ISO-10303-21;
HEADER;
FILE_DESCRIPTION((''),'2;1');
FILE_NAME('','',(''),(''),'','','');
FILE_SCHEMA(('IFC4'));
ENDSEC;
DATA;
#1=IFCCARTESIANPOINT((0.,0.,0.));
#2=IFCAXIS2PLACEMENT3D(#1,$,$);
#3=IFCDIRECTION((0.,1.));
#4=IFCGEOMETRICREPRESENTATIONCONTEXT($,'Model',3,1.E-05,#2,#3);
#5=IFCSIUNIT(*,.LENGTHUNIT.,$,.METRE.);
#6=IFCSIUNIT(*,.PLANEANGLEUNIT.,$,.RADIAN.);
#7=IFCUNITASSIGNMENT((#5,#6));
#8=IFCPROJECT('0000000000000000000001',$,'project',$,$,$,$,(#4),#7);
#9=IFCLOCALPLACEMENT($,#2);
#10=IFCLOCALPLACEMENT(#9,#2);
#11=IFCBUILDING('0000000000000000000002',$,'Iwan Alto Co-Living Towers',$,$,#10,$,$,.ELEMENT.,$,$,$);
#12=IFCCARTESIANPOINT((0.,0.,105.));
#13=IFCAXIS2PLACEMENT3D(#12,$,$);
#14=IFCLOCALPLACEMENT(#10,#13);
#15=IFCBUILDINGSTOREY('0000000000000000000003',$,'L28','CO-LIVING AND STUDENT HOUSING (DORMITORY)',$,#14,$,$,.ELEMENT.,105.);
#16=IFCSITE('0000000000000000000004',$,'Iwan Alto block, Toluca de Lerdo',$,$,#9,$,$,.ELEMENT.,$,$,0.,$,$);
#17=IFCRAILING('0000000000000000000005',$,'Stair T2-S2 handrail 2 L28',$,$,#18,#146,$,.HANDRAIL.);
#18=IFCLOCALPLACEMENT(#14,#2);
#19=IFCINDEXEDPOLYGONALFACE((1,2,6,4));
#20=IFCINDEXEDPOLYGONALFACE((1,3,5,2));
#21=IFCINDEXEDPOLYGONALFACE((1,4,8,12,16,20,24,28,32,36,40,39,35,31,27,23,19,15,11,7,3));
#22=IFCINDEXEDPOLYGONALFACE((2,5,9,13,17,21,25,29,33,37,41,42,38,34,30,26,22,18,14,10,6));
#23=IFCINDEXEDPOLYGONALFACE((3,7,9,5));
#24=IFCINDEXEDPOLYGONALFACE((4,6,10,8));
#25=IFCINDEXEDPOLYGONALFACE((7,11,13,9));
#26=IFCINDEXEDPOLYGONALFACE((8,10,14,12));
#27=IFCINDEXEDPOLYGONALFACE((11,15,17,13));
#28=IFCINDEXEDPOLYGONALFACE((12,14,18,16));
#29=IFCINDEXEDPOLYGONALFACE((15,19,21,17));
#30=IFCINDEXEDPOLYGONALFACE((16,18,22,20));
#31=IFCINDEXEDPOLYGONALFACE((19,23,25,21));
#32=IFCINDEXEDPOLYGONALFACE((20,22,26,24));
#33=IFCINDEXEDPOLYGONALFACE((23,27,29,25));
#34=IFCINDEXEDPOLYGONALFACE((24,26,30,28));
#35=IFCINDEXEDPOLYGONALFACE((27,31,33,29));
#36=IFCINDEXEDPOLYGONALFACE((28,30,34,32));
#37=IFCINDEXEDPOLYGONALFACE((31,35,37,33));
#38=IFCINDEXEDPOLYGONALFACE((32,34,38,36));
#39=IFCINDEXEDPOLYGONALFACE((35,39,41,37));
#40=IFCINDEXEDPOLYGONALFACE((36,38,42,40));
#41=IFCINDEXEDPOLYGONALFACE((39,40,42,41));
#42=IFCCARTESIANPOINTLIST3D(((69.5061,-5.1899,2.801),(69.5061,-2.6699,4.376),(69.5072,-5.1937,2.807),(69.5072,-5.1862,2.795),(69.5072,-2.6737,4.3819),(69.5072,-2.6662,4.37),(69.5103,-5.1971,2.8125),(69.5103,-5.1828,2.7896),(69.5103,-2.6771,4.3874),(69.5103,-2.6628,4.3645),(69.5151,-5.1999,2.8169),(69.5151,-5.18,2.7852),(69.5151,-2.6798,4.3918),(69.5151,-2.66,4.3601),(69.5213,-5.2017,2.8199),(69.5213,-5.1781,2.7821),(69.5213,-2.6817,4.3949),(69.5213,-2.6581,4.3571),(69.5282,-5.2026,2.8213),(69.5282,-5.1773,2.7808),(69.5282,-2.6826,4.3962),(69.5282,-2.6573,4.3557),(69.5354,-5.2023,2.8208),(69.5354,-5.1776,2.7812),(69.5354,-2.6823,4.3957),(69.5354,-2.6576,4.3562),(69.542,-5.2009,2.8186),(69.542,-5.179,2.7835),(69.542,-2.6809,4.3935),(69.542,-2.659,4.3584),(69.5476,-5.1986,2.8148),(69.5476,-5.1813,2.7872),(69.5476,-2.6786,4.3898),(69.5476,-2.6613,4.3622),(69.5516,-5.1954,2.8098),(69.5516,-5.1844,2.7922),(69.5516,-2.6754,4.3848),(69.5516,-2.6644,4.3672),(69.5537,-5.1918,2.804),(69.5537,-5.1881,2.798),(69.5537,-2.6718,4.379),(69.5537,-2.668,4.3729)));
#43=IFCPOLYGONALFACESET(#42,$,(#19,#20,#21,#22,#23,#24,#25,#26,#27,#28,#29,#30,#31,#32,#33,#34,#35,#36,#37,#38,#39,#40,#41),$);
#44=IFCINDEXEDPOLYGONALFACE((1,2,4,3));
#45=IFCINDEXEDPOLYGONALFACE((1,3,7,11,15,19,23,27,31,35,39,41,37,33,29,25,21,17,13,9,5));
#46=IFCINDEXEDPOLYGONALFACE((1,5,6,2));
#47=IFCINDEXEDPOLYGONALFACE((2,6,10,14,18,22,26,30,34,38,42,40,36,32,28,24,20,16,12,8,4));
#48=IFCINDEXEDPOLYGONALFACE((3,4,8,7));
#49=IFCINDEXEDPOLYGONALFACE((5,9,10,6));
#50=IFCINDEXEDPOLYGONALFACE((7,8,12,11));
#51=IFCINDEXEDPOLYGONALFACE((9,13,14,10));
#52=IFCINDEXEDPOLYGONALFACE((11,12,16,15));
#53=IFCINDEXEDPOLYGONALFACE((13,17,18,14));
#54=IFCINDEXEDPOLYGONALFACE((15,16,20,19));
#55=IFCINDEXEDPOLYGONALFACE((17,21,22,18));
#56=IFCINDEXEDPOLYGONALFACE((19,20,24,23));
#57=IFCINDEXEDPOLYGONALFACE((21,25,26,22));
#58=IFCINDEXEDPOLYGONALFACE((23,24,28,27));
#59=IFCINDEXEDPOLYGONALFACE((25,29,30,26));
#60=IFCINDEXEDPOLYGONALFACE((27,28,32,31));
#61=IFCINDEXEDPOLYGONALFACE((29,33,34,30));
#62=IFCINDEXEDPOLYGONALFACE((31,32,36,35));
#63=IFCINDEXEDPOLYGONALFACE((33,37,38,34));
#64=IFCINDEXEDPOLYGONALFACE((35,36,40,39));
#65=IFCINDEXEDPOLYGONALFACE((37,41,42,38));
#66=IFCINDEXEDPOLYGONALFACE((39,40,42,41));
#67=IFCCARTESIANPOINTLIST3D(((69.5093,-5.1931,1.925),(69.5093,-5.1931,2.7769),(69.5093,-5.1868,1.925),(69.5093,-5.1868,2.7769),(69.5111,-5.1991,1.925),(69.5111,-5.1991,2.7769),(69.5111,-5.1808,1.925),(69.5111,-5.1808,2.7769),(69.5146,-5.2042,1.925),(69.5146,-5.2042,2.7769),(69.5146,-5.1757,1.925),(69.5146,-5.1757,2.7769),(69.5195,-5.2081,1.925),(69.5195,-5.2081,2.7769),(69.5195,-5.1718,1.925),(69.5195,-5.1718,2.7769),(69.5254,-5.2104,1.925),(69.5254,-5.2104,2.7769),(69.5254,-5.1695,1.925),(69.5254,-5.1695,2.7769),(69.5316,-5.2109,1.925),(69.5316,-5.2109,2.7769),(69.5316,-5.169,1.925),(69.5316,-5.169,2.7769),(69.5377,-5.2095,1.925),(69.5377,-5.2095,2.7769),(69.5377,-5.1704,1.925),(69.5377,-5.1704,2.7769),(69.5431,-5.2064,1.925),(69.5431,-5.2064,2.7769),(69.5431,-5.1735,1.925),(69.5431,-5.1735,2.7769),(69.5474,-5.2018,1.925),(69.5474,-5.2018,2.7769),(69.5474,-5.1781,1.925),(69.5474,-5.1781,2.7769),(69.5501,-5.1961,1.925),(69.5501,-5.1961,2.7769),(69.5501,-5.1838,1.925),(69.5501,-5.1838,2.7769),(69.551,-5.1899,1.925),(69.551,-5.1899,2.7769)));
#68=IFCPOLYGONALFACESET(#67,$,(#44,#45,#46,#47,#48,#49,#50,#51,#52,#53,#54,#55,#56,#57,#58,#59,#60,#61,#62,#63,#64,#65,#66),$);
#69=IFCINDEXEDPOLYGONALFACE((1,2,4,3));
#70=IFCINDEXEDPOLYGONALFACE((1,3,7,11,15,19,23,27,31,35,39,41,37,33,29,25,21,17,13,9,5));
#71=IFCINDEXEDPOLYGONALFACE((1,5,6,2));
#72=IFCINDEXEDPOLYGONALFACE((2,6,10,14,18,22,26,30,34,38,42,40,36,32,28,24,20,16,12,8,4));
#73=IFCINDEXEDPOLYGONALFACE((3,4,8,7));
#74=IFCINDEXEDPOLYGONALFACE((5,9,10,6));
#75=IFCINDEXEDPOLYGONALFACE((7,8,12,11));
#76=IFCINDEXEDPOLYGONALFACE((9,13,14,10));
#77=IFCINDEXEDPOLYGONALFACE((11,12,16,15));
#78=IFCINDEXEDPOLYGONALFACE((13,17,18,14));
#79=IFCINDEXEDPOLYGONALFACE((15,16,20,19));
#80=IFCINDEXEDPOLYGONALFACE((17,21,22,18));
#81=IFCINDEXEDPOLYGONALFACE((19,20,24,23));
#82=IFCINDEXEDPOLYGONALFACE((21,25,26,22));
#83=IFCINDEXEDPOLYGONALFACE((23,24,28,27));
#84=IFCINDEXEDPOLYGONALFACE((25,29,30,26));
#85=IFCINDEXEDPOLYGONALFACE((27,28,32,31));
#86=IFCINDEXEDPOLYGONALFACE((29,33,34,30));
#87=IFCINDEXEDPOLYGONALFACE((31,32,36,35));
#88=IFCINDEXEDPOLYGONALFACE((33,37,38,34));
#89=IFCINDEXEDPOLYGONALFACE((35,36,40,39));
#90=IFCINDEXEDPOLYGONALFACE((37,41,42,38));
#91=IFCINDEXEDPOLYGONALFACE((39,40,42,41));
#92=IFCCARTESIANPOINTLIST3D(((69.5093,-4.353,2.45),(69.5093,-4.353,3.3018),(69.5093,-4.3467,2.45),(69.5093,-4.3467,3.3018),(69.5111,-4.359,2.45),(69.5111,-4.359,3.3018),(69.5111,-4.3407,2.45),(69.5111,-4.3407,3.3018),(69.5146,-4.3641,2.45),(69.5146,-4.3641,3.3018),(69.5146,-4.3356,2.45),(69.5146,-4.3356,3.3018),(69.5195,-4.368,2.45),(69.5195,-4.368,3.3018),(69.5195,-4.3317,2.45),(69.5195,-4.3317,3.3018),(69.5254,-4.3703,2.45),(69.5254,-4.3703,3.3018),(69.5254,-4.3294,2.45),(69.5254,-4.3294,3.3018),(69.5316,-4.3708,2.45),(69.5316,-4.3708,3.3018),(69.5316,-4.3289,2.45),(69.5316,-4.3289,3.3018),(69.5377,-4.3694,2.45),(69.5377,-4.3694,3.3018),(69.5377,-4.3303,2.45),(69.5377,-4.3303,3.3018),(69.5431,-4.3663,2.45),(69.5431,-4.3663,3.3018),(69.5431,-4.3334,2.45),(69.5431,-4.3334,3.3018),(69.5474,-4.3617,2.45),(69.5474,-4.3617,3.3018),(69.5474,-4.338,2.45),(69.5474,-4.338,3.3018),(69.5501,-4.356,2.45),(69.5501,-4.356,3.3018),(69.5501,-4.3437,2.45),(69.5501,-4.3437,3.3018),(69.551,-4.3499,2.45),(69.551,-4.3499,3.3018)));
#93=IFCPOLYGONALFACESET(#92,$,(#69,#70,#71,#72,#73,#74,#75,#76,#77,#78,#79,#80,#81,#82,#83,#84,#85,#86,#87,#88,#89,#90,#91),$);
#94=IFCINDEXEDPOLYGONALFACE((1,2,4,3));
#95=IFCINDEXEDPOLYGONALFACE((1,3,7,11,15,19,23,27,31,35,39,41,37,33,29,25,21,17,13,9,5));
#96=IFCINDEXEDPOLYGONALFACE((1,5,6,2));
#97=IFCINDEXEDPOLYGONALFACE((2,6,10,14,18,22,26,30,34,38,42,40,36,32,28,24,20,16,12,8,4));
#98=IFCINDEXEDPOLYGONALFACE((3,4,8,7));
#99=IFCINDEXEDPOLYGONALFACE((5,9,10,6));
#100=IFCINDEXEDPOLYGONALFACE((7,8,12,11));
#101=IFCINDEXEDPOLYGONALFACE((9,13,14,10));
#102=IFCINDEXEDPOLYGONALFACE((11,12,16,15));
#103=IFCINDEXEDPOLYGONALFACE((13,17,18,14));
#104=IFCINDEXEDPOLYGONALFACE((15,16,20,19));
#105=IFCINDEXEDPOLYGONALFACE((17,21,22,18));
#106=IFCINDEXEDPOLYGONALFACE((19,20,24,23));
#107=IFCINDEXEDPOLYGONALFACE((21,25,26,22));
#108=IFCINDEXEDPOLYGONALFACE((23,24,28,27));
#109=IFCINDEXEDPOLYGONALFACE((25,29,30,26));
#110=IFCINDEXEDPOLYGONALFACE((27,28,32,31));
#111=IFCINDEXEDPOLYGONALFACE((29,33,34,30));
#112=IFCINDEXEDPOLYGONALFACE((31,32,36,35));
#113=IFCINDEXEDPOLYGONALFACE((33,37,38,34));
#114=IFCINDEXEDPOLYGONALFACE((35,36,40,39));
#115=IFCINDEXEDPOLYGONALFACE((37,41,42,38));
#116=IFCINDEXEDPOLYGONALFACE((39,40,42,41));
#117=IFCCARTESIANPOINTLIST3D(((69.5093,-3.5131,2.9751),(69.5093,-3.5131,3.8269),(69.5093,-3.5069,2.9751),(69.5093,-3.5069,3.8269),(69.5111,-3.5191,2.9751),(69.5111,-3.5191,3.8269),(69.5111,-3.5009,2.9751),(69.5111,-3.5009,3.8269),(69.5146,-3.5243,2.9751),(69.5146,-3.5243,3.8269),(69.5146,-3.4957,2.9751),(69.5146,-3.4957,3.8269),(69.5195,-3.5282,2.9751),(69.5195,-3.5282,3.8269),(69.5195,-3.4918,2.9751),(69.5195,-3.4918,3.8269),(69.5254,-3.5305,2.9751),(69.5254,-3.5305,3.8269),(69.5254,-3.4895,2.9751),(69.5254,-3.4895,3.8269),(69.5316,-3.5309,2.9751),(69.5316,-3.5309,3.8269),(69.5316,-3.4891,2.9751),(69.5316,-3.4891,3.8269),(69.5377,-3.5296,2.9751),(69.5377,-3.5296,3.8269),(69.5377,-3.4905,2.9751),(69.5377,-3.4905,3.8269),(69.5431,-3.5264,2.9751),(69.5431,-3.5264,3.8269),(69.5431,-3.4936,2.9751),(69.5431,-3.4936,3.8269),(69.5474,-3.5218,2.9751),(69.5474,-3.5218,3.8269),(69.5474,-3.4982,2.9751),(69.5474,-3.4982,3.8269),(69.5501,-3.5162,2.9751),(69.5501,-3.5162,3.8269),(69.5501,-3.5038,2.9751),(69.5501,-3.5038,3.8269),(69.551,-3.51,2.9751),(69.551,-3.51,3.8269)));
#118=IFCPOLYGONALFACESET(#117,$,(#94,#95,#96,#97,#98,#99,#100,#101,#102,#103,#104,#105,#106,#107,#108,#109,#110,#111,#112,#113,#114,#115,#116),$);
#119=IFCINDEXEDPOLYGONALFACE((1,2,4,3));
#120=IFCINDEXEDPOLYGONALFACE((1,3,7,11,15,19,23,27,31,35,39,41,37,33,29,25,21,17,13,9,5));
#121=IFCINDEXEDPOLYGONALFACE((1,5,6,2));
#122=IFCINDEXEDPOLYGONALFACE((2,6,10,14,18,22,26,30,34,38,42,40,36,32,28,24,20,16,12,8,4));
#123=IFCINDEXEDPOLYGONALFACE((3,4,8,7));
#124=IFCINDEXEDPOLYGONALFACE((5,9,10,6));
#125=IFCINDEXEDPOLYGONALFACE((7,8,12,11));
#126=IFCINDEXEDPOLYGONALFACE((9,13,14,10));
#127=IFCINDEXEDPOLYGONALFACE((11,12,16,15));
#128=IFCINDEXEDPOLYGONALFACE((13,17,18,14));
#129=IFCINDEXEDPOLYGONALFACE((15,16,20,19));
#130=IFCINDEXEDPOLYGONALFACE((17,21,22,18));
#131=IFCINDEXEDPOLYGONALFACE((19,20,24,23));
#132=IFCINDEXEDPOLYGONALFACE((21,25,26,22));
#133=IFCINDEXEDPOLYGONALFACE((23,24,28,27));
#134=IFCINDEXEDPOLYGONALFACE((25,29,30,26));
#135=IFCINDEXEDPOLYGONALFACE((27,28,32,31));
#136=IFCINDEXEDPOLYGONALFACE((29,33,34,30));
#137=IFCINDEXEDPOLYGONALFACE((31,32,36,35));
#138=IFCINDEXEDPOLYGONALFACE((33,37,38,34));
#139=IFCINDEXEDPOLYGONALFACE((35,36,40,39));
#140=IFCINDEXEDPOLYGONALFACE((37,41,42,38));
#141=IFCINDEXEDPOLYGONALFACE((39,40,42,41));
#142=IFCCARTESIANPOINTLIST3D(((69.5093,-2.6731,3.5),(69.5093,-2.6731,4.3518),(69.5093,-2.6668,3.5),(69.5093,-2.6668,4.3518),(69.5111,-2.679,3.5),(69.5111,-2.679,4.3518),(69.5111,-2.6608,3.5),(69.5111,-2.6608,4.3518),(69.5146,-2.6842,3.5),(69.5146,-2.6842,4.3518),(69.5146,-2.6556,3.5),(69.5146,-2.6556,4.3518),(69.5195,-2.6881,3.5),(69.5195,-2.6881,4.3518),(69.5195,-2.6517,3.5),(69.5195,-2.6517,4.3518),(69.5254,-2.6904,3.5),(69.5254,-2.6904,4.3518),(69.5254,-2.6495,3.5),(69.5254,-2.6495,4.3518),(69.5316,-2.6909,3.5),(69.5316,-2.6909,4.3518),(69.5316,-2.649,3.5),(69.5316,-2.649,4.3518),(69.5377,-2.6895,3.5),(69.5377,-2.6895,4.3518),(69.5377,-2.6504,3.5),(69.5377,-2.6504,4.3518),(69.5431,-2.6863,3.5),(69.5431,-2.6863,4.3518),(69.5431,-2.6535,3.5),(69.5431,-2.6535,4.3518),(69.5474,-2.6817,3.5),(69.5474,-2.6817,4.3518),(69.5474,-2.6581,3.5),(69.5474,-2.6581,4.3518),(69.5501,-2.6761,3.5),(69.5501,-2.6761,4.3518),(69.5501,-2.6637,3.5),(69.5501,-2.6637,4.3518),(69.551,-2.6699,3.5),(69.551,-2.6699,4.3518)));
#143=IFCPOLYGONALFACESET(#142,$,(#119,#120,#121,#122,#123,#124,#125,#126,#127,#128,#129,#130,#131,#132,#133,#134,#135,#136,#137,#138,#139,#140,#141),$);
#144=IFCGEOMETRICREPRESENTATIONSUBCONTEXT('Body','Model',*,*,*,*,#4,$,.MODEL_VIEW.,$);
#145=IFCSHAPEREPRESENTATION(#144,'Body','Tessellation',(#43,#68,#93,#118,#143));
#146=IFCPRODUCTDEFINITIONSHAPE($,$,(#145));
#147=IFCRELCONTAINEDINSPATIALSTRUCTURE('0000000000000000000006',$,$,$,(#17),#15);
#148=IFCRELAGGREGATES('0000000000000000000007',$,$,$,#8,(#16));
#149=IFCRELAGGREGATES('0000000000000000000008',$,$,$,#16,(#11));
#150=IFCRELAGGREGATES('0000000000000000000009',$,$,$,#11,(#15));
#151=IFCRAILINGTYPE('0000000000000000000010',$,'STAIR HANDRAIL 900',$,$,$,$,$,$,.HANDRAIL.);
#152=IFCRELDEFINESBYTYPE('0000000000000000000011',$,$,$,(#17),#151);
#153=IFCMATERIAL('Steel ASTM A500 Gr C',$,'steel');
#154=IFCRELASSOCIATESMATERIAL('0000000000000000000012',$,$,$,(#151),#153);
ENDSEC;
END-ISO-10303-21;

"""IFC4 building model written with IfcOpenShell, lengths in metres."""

from ifc_helpers import new_model, si_unit, direction, frame, origin, origin_2d, place, context, subcontext, project, spatial, circle, extrude, material, type_object, element, save


model = new_model("IFC4")

# Units and contexts
model_context = context("Model", 3, precision=1e-05, world=origin(), true_north=direction((0.0, 1.0)))
body_context = subcontext(model_context, "Body", "Model", "MODEL_VIEW")
ifc_project = project(units=[si_unit("LENGTHUNIT", "METRE"), si_unit("PLANEANGLEUNIT", "RADIAN")], contexts=[model_context])

# Site, building, storey
site_placement = place(None, origin())
site = spatial("IfcSite", under=ifc_project, at=site_placement, Name="Iwan Alto block, Toluca de Lerdo", CompositionType="ELEMENT", RefElevation=0.0)
building_placement = place(site_placement, origin())
building = spatial("IfcBuilding", under=site, at=building_placement, Name="Iwan Alto Co-Living Towers", CompositionType="ELEMENT")
storey_placement = place(building_placement, frame((0.0, 0.0, 105.0)))
storey = spatial("IfcBuildingStorey", under=building, at=storey_placement, Name="L28", Description="CO-LIVING AND STUDENT HOUSING (DORMITORY)", CompositionType="ELEMENT", Elevation=105.0)

# Railing
ifc_material_1 = material(Name="Steel ASTM A500 Gr C", Category="steel")
railing_type_1 = type_object("IfcRailingType", Name="STAIR HANDRAIL 900", PredefinedType="HANDRAIL", material=ifc_material_1)
railing_1_placement = place(storey_placement, frame((69.53, -5.1899, 1.925)))
element("IfcRailing", 1, at=railing_1_placement, inside=storey, type_object=railing_type_1, Name="Stair T2-S2 handrail 2 L28", PredefinedType="HANDRAIL", context=body_context, shape_type="SweptSolid", body=[
    extrude(circle(Radius=0.0239, at=origin_2d()), frame((0.0, 0.0, 0.876), z_axis=(0.0, 0.848008, 0.529984), x_axis=(-1.0, 0.0, 0.0)), (0.0, 0.0, 1.0), 2.9717),
    extrude(circle(Radius=0.021, at=origin_2d()), origin(), (0.0, 0.0, 1.0), 0.8518),
    extrude(circle(Radius=0.021, at=origin_2d()), frame((0.0, 0.8401, 0.5249)), (0.0, 0.0, 1.0), 0.8518),
    extrude(circle(Radius=0.021, at=origin_2d()), frame((0.0, 1.6799, 1.05)), (0.0, 0.0, 1.0), 0.8518),
    extrude(circle(Radius=0.021, at=origin_2d()), frame((0.0, 2.52, 1.575)), (0.0, 0.0, 1.0), 0.8518),
])

save(model, "model.ifc")
